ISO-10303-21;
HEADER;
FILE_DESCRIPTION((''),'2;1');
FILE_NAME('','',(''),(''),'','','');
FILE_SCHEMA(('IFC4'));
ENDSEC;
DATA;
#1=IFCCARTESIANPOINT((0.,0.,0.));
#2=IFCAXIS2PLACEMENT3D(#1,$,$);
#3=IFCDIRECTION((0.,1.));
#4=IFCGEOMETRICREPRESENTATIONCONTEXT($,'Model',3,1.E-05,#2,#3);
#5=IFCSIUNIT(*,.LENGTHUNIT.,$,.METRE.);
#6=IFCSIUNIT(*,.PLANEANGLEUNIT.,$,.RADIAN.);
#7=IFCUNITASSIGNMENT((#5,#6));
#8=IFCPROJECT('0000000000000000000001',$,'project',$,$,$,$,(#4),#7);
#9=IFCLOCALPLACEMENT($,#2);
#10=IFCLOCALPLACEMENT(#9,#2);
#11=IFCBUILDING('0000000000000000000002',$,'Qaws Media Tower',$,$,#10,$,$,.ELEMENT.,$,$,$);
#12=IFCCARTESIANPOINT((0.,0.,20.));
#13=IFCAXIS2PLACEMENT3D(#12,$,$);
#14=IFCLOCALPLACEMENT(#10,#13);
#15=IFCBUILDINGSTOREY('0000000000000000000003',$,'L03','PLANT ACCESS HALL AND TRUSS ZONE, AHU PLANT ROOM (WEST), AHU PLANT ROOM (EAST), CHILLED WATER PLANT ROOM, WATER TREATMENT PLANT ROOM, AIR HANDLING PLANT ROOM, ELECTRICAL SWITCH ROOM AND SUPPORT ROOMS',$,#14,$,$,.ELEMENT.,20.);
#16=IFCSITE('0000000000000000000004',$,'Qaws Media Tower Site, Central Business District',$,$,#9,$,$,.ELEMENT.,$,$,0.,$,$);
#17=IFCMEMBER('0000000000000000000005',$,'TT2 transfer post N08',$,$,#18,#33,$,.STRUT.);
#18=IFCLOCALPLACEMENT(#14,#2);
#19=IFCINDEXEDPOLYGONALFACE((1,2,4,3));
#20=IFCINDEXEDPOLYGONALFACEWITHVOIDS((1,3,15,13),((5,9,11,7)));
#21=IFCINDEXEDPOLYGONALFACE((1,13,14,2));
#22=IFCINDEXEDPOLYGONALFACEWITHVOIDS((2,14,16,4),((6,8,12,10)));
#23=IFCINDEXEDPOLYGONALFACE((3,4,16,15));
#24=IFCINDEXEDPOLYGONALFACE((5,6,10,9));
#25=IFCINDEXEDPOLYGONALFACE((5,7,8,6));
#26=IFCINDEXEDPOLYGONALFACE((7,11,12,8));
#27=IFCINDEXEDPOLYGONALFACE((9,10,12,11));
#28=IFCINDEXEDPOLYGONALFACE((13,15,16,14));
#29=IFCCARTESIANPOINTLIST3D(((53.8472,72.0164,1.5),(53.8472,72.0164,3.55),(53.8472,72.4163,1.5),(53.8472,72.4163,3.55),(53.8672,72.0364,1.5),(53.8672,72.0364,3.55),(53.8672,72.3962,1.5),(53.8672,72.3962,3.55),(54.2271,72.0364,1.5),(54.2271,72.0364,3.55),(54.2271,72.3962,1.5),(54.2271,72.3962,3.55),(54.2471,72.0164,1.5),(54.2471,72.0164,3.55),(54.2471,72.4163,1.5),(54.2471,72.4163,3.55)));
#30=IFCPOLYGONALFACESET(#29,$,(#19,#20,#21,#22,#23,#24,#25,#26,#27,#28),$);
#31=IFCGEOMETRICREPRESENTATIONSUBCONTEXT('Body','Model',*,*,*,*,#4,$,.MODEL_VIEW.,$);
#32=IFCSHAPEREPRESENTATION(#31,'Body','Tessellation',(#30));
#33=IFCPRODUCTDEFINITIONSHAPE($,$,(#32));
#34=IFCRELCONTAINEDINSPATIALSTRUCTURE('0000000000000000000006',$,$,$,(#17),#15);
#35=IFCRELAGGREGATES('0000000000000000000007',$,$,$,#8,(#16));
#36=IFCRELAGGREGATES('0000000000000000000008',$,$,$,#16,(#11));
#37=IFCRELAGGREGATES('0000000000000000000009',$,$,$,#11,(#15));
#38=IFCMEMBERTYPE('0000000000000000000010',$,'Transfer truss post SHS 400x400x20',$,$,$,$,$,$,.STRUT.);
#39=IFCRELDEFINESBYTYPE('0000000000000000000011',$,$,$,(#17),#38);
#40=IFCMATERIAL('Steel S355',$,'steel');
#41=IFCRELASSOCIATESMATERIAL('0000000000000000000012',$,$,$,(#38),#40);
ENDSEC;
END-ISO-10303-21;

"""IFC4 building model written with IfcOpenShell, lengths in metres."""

from ifc_helpers import new_model, si_unit, direction, frame, origin, origin_2d, place, context, subcontext, project, spatial, hollow_rectangle, extrude, material, material_profile, profile_set, type_object, element, save


model = new_model("IFC4")

# Units and contexts
model_context = context("Model", 3, precision=1e-05, world=origin(), true_north=direction((0.0, 1.0)))
body_context = subcontext(model_context, "Body", "Model", "MODEL_VIEW")
ifc_project = project(units=[si_unit("LENGTHUNIT", "METRE"), si_unit("PLANEANGLEUNIT", "RADIAN")], contexts=[model_context])

# Site, building, storey
site_placement = place(None, origin())
site = spatial("IfcSite", under=ifc_project, at=site_placement, Name="Qaws Media Tower Site, Central Business District", CompositionType="ELEMENT", RefElevation=0.0)
building_placement = place(site_placement, origin())
building = spatial("IfcBuilding", under=site, at=building_placement, Name="Qaws Media Tower", CompositionType="ELEMENT")
storey_placement = place(building_placement, frame((0.0, 0.0, 20.0)))
storey = spatial("IfcBuildingStorey", under=building, at=storey_placement, Name="L03", Description="PLANT ACCESS HALL AND TRUSS ZONE, AHU PLANT ROOM (WEST), AHU PLANT ROOM (EAST), CHILLED WATER PLANT ROOM, WATER TREATMENT PLANT ROOM, AIR HANDLING PLANT ROOM, ELECTRICAL SWITCH ROOM AND SUPPORT ROOMS", CompositionType="ELEMENT", Elevation=20.0)

# Member
ifc_material_1 = material(Name="Steel S355", Category="steel")
ifc_material_profile_1 = material_profile(ifc_material_1, hollow_rectangle(XDim=0.3999, YDim=0.3999, WallThickness=0.02, at=origin_2d()), Name="SHS 400x400x20")
ifc_profile_set_1 = profile_set([ifc_material_profile_1], Name="Steel S355")
member_type_1 = type_object("IfcMemberType", Name="Transfer truss post SHS 400x400x20", PredefinedType="STRUT", material=ifc_profile_set_1)
for number, where, z_axis, x_axis, name in (
    (1, (54.0471, 72.2163, 1.5), (0.0, 0.0, 1.0), (1.0, 0.0, 0.0), "TT2 transfer post N08"),
):
    element("IfcMember", number, at=place(storey_placement, frame(where, z_axis=z_axis, x_axis=x_axis)), inside=storey, type_object=member_type_1, Name=name, PredefinedType="STRUT", context=body_context, shape_type="SweptSolid", body=[
        extrude(hollow_rectangle(XDim=0.3999, YDim=0.3999, WallThickness=0.02, at=origin_2d()), origin(), (0.0, 0.0, 1.0), 2.05),
    ])

save(model, "model.ifc")
